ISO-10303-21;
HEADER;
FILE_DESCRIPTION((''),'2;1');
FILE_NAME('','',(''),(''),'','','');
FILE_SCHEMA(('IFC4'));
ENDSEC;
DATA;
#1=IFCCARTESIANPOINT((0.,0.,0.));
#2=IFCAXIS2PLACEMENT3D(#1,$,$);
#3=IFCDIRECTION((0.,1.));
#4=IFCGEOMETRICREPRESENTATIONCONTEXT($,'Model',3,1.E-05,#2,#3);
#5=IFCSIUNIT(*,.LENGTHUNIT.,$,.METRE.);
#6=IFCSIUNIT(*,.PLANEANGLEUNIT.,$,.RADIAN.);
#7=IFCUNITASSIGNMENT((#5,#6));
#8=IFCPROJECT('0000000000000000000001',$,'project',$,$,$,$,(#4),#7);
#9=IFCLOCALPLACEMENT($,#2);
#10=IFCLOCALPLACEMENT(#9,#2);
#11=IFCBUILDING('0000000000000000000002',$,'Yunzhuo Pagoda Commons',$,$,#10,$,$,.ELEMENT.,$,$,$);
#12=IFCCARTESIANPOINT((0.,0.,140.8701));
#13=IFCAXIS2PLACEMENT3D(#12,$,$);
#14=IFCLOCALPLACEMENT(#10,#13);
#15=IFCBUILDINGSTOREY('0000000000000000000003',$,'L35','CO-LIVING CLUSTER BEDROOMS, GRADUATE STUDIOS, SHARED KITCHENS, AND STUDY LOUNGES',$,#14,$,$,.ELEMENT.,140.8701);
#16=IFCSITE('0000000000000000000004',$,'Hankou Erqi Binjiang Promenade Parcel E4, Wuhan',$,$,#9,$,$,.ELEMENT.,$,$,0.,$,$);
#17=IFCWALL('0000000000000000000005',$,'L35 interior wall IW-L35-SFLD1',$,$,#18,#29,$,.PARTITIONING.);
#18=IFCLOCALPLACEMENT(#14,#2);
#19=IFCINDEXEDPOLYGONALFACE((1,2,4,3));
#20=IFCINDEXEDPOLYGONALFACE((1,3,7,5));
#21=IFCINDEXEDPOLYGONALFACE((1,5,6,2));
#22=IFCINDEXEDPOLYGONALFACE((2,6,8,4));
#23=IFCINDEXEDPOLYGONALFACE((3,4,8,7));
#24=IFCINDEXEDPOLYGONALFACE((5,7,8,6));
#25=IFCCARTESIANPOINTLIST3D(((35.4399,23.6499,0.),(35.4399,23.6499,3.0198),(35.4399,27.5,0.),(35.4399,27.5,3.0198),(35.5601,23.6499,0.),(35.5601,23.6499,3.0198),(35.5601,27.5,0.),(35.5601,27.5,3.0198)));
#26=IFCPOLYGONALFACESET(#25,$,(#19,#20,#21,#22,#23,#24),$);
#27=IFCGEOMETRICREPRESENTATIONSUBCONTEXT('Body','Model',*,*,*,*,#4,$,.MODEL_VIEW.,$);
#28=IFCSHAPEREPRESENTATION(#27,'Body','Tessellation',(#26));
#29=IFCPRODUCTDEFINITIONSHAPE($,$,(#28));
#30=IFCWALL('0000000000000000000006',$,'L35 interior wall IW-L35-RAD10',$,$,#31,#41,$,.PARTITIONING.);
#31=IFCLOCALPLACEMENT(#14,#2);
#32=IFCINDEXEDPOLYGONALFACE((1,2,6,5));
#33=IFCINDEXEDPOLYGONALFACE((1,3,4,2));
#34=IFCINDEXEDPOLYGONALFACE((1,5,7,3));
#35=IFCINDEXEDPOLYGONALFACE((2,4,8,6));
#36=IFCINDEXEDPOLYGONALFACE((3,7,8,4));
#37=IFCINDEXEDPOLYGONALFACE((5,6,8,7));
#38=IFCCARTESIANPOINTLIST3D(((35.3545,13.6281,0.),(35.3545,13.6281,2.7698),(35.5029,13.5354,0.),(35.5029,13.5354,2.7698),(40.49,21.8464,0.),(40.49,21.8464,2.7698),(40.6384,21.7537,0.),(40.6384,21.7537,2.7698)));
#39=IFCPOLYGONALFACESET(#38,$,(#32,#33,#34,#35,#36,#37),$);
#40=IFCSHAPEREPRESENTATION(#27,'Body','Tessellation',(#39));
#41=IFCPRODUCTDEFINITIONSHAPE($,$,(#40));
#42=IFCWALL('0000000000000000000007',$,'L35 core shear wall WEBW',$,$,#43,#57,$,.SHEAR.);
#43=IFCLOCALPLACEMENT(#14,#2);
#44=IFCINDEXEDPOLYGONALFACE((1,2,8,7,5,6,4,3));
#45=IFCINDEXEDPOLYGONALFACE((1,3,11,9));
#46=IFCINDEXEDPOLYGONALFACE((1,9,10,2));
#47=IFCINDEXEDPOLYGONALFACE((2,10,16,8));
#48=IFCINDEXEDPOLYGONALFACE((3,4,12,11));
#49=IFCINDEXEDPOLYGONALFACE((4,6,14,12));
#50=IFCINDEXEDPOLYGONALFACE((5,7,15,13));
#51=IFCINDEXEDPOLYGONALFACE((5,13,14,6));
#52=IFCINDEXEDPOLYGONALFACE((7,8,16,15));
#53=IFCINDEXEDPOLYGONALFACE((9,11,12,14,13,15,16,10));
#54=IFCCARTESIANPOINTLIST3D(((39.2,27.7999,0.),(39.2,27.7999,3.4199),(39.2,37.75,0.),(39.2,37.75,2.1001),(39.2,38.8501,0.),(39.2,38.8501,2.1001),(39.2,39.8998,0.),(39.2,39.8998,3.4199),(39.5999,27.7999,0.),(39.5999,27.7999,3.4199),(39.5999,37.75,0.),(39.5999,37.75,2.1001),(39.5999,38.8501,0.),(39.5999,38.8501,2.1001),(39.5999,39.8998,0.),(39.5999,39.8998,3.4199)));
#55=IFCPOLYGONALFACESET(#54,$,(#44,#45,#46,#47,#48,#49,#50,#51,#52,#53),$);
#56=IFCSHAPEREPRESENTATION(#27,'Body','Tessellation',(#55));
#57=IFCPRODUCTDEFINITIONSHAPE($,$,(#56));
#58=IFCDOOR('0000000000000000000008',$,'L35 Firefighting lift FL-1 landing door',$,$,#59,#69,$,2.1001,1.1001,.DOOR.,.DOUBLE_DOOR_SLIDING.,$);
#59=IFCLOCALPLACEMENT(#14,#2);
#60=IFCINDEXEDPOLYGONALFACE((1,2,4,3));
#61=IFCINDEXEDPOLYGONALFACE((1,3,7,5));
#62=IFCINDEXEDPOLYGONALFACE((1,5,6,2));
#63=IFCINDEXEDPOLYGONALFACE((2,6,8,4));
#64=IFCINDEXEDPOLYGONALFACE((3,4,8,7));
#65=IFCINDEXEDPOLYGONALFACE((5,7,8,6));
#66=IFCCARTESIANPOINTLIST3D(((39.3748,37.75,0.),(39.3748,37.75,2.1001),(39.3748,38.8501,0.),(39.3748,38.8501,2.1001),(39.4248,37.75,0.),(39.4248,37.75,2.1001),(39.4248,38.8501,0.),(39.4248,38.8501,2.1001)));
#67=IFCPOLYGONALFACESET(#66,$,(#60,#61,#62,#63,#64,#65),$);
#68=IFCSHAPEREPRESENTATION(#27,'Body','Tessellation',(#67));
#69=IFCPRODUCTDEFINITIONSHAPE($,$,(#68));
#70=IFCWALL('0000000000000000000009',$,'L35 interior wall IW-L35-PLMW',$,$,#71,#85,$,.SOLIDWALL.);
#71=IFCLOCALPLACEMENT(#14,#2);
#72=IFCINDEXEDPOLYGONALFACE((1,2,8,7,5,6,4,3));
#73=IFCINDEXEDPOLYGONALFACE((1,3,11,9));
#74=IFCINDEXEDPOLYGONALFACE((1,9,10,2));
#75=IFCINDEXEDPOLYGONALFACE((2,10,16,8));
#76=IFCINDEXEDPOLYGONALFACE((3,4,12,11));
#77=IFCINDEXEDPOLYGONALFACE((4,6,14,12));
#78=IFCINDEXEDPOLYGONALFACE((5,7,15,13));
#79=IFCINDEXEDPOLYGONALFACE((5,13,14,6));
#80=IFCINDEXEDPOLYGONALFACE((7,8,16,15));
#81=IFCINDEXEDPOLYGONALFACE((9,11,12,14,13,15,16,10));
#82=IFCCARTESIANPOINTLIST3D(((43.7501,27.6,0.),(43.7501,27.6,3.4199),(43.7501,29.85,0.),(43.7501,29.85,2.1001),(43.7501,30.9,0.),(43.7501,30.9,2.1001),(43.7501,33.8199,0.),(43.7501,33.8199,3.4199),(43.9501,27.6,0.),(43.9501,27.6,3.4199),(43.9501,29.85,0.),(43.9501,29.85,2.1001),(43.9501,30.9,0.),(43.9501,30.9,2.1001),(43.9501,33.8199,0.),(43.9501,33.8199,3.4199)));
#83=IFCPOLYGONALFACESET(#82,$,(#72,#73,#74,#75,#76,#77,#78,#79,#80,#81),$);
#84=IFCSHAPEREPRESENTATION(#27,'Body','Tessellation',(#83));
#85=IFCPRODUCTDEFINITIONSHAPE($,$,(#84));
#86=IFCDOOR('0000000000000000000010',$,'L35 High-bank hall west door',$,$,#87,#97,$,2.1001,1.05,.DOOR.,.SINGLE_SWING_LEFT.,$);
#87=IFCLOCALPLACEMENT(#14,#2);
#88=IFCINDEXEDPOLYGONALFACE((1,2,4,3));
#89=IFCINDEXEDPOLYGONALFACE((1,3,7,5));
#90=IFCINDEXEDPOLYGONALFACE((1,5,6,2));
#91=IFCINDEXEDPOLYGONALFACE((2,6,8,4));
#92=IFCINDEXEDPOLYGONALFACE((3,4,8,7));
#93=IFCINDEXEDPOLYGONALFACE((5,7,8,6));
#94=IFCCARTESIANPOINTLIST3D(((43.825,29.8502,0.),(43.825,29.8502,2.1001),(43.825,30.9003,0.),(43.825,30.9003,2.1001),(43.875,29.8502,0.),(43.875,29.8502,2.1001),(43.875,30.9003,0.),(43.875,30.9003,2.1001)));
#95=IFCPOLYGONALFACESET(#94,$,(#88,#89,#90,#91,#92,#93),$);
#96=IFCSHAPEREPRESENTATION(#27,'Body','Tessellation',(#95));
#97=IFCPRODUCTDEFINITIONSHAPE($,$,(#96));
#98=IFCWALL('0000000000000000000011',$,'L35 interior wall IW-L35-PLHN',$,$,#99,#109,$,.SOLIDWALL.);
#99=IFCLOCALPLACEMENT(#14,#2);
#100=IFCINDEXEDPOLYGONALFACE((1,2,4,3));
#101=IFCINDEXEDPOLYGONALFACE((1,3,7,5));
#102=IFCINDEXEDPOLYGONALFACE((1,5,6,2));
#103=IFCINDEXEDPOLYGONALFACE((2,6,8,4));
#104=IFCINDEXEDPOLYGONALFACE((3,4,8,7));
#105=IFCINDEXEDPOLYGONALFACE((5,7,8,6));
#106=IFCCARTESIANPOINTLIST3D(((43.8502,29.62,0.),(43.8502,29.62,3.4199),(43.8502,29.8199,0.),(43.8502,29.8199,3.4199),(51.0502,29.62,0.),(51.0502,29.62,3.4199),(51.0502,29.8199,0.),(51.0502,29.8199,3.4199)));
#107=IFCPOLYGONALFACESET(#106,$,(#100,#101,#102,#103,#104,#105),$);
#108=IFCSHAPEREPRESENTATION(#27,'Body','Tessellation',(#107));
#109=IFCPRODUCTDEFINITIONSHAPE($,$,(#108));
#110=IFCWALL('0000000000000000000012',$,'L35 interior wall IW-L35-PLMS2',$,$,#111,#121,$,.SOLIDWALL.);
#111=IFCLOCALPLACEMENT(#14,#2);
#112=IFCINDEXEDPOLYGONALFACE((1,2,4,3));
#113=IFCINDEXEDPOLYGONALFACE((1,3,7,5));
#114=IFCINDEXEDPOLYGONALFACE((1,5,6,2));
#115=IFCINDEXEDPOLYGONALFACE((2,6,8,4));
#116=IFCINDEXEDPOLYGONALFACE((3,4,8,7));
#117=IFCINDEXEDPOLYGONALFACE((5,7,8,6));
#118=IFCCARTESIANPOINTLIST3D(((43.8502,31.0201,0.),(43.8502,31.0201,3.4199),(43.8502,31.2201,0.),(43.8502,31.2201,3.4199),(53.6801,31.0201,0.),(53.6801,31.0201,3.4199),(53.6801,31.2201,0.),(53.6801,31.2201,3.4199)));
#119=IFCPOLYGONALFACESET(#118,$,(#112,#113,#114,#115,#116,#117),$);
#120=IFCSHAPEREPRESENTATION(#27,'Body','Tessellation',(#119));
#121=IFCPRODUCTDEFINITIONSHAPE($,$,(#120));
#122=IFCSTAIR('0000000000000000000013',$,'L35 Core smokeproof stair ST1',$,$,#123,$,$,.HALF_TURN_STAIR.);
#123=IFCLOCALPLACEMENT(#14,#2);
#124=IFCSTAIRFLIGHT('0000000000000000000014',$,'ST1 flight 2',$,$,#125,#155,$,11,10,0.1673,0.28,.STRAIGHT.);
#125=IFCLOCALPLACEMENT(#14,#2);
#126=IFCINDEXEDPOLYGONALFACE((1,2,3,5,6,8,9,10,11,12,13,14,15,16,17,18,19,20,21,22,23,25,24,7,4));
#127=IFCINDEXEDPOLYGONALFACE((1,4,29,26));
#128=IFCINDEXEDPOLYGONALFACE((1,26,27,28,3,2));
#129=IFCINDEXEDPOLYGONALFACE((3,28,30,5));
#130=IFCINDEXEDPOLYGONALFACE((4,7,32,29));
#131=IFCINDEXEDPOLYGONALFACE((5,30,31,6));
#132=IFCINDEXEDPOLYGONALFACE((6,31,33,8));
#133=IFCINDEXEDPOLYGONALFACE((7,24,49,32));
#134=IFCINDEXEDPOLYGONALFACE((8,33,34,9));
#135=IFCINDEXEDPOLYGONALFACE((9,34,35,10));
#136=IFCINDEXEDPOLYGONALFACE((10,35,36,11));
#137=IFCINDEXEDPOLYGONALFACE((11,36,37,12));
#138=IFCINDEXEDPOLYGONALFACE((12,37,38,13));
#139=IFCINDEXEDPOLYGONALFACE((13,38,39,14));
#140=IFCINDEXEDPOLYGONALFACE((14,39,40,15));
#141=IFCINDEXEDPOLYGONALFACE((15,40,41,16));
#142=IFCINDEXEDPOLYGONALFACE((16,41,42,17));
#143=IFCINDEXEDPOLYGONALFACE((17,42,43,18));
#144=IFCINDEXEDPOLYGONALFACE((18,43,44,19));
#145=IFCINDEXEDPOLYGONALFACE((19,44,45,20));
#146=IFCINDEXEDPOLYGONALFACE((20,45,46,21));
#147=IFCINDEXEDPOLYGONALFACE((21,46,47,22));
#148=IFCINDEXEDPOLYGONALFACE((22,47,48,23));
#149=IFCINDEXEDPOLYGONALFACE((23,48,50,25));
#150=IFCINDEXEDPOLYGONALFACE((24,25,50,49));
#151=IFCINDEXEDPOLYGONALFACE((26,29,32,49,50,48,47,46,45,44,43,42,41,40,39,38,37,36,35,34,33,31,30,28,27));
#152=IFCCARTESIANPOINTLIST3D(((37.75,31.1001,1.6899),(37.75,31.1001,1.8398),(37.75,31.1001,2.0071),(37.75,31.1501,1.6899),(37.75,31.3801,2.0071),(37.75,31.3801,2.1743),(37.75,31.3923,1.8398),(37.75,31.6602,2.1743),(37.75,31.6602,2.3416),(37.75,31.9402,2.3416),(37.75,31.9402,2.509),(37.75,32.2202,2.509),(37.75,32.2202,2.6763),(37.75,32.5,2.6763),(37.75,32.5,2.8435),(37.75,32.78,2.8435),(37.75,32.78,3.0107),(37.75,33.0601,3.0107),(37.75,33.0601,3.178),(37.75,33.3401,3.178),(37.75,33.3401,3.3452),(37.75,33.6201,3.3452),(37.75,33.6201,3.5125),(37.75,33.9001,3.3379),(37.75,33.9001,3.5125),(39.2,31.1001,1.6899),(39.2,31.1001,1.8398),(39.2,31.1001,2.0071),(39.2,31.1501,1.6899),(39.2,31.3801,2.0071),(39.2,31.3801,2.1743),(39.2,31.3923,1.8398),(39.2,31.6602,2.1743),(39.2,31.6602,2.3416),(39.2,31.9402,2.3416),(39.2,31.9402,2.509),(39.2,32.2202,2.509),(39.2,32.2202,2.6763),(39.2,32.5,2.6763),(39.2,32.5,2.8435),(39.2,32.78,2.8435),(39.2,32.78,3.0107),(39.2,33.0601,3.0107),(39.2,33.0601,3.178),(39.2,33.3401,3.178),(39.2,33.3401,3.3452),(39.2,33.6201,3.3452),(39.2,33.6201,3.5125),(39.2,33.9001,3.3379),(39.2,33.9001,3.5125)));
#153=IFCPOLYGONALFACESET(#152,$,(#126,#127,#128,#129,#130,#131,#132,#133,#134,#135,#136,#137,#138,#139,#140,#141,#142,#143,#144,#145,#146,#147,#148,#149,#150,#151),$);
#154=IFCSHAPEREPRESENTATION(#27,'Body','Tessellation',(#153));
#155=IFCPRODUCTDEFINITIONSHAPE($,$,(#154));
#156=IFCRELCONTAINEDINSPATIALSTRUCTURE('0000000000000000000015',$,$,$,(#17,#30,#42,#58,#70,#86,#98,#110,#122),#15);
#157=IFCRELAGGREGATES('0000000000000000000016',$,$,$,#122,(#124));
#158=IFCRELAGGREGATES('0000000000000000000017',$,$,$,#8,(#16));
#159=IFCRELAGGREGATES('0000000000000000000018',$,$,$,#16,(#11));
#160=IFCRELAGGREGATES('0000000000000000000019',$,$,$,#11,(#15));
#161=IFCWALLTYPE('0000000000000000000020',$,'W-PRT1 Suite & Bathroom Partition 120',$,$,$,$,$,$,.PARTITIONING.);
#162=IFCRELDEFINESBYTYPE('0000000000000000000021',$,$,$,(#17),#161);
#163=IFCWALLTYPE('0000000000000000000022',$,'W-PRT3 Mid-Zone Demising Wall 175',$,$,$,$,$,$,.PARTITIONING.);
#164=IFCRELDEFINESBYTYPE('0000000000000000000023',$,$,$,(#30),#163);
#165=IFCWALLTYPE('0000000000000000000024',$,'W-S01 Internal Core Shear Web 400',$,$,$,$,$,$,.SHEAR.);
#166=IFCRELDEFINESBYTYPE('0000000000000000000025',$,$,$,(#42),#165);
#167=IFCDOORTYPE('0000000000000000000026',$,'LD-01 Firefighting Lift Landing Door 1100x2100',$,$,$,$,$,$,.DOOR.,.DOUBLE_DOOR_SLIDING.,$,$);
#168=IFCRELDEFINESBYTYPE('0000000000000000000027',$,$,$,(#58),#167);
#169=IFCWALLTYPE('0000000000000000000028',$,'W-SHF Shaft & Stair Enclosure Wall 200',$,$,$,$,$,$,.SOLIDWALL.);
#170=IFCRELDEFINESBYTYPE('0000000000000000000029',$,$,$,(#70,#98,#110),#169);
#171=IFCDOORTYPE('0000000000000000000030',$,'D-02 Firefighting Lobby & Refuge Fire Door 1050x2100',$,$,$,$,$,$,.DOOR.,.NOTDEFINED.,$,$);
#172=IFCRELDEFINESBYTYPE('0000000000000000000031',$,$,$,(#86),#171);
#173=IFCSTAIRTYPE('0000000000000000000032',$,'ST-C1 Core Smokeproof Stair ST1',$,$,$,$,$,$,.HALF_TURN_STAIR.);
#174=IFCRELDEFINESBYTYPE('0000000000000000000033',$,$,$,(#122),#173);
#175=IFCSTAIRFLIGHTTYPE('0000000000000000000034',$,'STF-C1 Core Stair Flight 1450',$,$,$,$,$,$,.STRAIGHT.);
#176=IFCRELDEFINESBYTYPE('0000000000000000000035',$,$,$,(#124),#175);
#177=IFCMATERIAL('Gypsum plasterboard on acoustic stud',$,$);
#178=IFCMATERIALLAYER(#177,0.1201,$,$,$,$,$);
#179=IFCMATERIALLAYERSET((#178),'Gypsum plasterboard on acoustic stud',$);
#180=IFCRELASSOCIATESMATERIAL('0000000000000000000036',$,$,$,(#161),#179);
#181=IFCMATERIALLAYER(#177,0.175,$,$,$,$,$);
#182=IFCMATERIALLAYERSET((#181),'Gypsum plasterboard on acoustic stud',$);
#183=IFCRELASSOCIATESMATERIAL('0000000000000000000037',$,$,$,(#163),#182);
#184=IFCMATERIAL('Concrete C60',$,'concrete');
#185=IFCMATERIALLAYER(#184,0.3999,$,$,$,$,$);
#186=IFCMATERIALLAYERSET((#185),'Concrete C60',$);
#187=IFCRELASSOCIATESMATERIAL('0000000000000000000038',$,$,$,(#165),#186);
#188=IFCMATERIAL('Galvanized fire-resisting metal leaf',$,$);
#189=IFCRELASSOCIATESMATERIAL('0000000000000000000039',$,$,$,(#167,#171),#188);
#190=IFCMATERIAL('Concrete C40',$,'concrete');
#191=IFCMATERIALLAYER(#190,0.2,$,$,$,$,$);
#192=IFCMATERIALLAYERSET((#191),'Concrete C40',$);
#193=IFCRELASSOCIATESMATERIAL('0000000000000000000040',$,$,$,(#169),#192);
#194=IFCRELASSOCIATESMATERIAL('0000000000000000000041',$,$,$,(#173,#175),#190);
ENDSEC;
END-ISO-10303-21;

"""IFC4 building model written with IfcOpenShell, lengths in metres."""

from ifc_helpers import new_model, si_unit, direction, frame, frame_2d, origin, place, context, subcontext, project, spatial, polyline, rectangle, outline, extrude, source, transform, mapped, material, layer, layer_set, type_object, element, fill, aggregate, save


model = new_model("IFC4")

# Units and contexts
model_context = context("Model", 3, precision=1e-05, world=origin(), true_north=direction((0.0, 1.0)))
body_context = subcontext(model_context, "Body", "Model", "MODEL_VIEW")
ifc_project = project(units=[si_unit("LENGTHUNIT", "METRE"), si_unit("PLANEANGLEUNIT", "RADIAN")], contexts=[model_context])

# Site, building, storey
site_placement = place(None, origin())
site = spatial("IfcSite", under=ifc_project, at=site_placement, Name="Hankou Erqi Binjiang Promenade Parcel E4, Wuhan", CompositionType="ELEMENT", RefElevation=0.0)
building_placement = place(site_placement, origin())
building = spatial("IfcBuilding", under=site, at=building_placement, Name="Yunzhuo Pagoda Commons", CompositionType="ELEMENT")
storey_placement = place(building_placement, frame((0.0, 0.0, 140.8701)))
storey = spatial("IfcBuildingStorey", under=building, at=storey_placement, Name="L35", Description="CO-LIVING CLUSTER BEDROOMS, GRADUATE STUDIOS, SHARED KITCHENS, AND STUDY LOUNGES", CompositionType="ELEMENT", Elevation=140.8701)

# Shared definitions
ifc_material_1 = material(Name="Concrete C60", Category="concrete")

# Shared definitions
ifc_material_2 = material(Name="Gypsum plasterboard on acoustic stud")
ifc_material_3 = material(Name="Galvanized fire-resisting metal leaf")

# Walls
ifc_layer_1 = layer(ifc_material_2, 0.1201)
ifc_layer_set_1 = layer_set([ifc_layer_1], Name="Gypsum plasterboard on acoustic stud")
wall_type_1 = type_object("IfcWallType", Name="W-PRT1 Suite & Bathroom Partition 120", PredefinedType="PARTITIONING", material=ifc_layer_set_1)
wall_1_placement = place(storey_placement, frame((35.5, 23.6499, 0.0), z_axis=(0.0, 0.0, 1.0), x_axis=(0.0, 1.0, 0.0)))
element("IfcWall", 1, at=wall_1_placement, inside=storey, type_object=wall_type_1, Name="L35 interior wall IW-L35-SFLD1", PredefinedType="PARTITIONING", context=body_context, shape_type="SweptSolid", body=[
    extrude(rectangle(XDim=3.8501, YDim=0.1201, at=frame_2d((1.925, 0.0))), origin(), (0.0, 0.0, 1.0), 3.0198),
])
ifc_layer_2 = layer(ifc_material_2, 0.175)
ifc_layer_set_2 = layer_set([ifc_layer_2], Name="Gypsum plasterboard on acoustic stud")
wall_type_2 = type_object("IfcWallType", Name="W-PRT3 Mid-Zone Demising Wall 175", PredefinedType="PARTITIONING", material=ifc_layer_set_2)
wall_2_placement = place(storey_placement, frame((40.5642, 21.8, 0.0), z_axis=(0.0, 0.0, 1.0), x_axis=(-0.529931, -0.848041, 0.0)))
element("IfcWall", 2, at=wall_2_placement, inside=storey, type_object=wall_type_2, Name="L35 interior wall IW-L35-RAD10", PredefinedType="PARTITIONING", context=body_context, shape_type="SweptSolid", body=[
    extrude(rectangle(XDim=9.6909, YDim=0.175, at=frame_2d((4.8455, 0.0))), origin(), (0.0, 0.0, 1.0), 2.7698),
])

# Walls, openings, doors
ifc_layer_3 = layer(ifc_material_1, 0.3999)
ifc_layer_set_3 = layer_set([ifc_layer_3], Name="Concrete C60")
wall_type_3 = type_object("IfcWallType", Name="W-S01 Internal Core Shear Web 400", PredefinedType="SHEAR", material=ifc_layer_set_3)
wall_3_placement = place(storey_placement, frame((39.3999, 27.8, 0.0), z_axis=(0.0, 0.0, 1.0), x_axis=(0.0, 1.0, 0.0)))
wall_3 = element("IfcWall", 3, at=wall_3_placement, inside=storey, type_object=wall_type_3, Name="L35 core shear wall WEBW", PredefinedType="SHEAR", context=body_context, shape_type="SweptSolid", body=[
    extrude(rectangle(XDim=12.0999, YDim=0.3999, at=frame_2d((6.0498, 0.0))), origin(), (0.0, 0.0, 1.0), 3.4199),
])
opening_1_placement = place(wall_3_placement, frame((9.95, 0.0, 0.0)))
opening_1 = element("IfcOpeningElement", 4, at=opening_1_placement, cuts=wall_3, PredefinedType="OPENING", context=body_context, shape_type="SweptSolid", body=[
    extrude(rectangle(XDim=1.1001, YDim=2.1001, at=frame_2d((0.55, 1.05))), frame((0.0, 0.21, 0.0), z_axis=(0.0, -1.0, 0.0), x_axis=(1.0, 0.0, 0.0)), (0.0, 0.0, 1.0), 0.4199),
])
door_type_1 = type_object("IfcDoorType", Name="LD-01 Firefighting Lift Landing Door 1100x2100", OperationType="DOUBLE_DOOR_SLIDING", PredefinedType="DOOR", material=ifc_material_3)
shared_shape_1 = source(origin(), body_context, "Body", "SweptSolid", [
    extrude(rectangle(XDim=1.1001, YDim=2.1001, at=frame_2d((0.55, 1.05))), frame((0.0, 0.0249, 0.0), z_axis=(0.0, -1.0, 0.0), x_axis=(1.0, 0.0, 0.0)), (0.0, 0.0, 1.0), 0.05),
])
door_1_placement = place(opening_1_placement, frame((1.1001, 0.0, 0.0), z_axis=(0.0, 0.0, 1.0), x_axis=(-1.0, 0.0, 0.0)))
door_1 = element("IfcDoor", 5, at=door_1_placement, inside=storey, type_object=door_type_1, Name="L35 Firefighting lift FL-1 landing door", OperationType="DOUBLE_DOOR_SLIDING", OverallHeight=2.1001, OverallWidth=1.1001, PredefinedType="DOOR", context=body_context, shape_type="MappedRepresentation", body=[
    mapped(shared_shape_1, transform((0.0, 0.0, 0.0), scale=1.0)),
])
fill(opening_1, door_1)
ifc_material_4 = material(Name="Concrete C40", Category="concrete")
ifc_layer_4 = layer(ifc_material_4, 0.2)
ifc_layer_set_4 = layer_set([ifc_layer_4], Name="Concrete C40")
wall_type_4 = type_object("IfcWallType", Name="W-SHF Shaft & Stair Enclosure Wall 200", PredefinedType="SOLIDWALL", material=ifc_layer_set_4)
wall_4_placement = place(storey_placement, frame((43.8501, 27.6001, 0.0), z_axis=(0.0, 0.0, 1.0), x_axis=(0.0, 1.0, 0.0)))
wall_4 = element("IfcWall", 6, at=wall_4_placement, inside=storey, type_object=wall_type_4, Name="L35 interior wall IW-L35-PLMW", PredefinedType="SOLIDWALL", context=body_context, shape_type="SweptSolid", body=[
    extrude(rectangle(XDim=6.22, YDim=0.2, at=frame_2d((3.1099, 0.0))), origin(), (0.0, 0.0, 1.0), 3.4199),
])
opening_2_placement = place(wall_4_placement, frame((2.25, 0.0, 0.0)))
opening_2 = element("IfcOpeningElement", 7, at=opening_2_placement, cuts=wall_4, PredefinedType="OPENING", context=body_context, shape_type="SweptSolid", body=[
    extrude(rectangle(XDim=1.05, YDim=2.1001, at=frame_2d((0.5249, 1.05))), frame((0.0, 0.1099, 0.0), z_axis=(0.0, -1.0, 0.0), x_axis=(1.0, 0.0, 0.0)), (0.0, 0.0, 1.0), 0.22),
])
door_type_2 = type_object("IfcDoorType", Name="D-02 Firefighting Lobby & Refuge Fire Door 1050x2100", OperationType="NOTDEFINED", PredefinedType="DOOR", material=ifc_material_3)
shared_shape_2 = source(origin(), body_context, "Body", "SweptSolid", [
    extrude(rectangle(XDim=1.05, YDim=2.1001, at=frame_2d((0.5249, 1.05))), frame((0.0, 0.0249, 0.0), z_axis=(0.0, -1.0, 0.0), x_axis=(1.0, 0.0, 0.0)), (0.0, 0.0, 1.0), 0.05),
])
door_2_placement = place(opening_2_placement, frame((1.05, 0.0, 0.0), z_axis=(0.0, 0.0, 1.0), x_axis=(-1.0, 0.0, 0.0)))
door_2 = element("IfcDoor", 8, at=door_2_placement, inside=storey, type_object=door_type_2, Name="L35 High-bank hall west door", OperationType="SINGLE_SWING_LEFT", OverallHeight=2.1001, OverallWidth=1.05, PredefinedType="DOOR", context=body_context, shape_type="MappedRepresentation", body=[
    mapped(shared_shape_2, transform((0.0, 0.0, 0.0), scale=1.0)),
])
fill(opening_2, door_2)

# Walls
wall_5_placement = place(storey_placement, frame((43.8501, 29.72, 0.0), z_axis=(0.0, 0.0, 1.0), x_axis=(1.0, 0.0, 0.0)))
element("IfcWall", 9, at=wall_5_placement, inside=storey, type_object=wall_type_4, Name="L35 interior wall IW-L35-PLHN", PredefinedType="SOLIDWALL", context=body_context, shape_type="SweptSolid", body=[
    extrude(rectangle(XDim=7.2, YDim=0.2, at=frame_2d((3.6001, 0.0))), origin(), (0.0, 0.0, 1.0), 3.4199),
])
wall_6_placement = place(storey_placement, frame((43.8501, 31.1201, 0.0), z_axis=(0.0, 0.0, 1.0), x_axis=(1.0, 0.0, 0.0)))
element("IfcWall", 10, at=wall_6_placement, inside=storey, type_object=wall_type_4, Name="L35 interior wall IW-L35-PLMS2", PredefinedType="SOLIDWALL", context=body_context, shape_type="SweptSolid", body=[
    extrude(rectangle(XDim=9.8298, YDim=0.2, at=frame_2d((4.915, 0.0))), origin(), (0.0, 0.0, 1.0), 3.4199),
])

# Stair, stair flight
stair_type = type_object("IfcStairType", Name="ST-C1 Core Smokeproof Stair ST1", PredefinedType="HALF_TURN_STAIR", material=ifc_material_4)
stair_placement = place(storey_placement, origin())
stair = element("IfcStair", 11, at=stair_placement, inside=storey, type_object=stair_type, Name="L35 Core smokeproof stair ST1", PredefinedType="HALF_TURN_STAIR")
stair_flight_type = type_object("IfcStairFlightType", Name="STF-C1 Core Stair Flight 1450", PredefinedType="STRAIGHT", material=ifc_material_4)
shared_shape_3 = source(origin(), body_context, "Body", "SweptSolid", [
    extrude(outline(polyline([(0.0, -0.1499), (0.0, 0.0), (0.0, 0.1672), (0.28, 0.1672), (0.28, 0.3345), (0.5601, 0.3345), (0.5601, 0.5017), (0.8401, 0.5017), (0.8401, 0.6692), (1.1201, 0.6692), (1.1201, 0.8364), (1.3999, 0.8364), (1.3999, 1.0037), (1.6799, 1.0037), (1.6799, 1.1709), (1.96, 1.1709), (1.96, 1.3381), (2.24, 1.3381), (2.24, 1.5054), (2.52, 1.5054), (2.52, 1.6726), (2.8, 1.6726), (2.8, 1.8401), (2.8, 1.498), (0.2922, 0.0), (0.05, -0.1499), (0.0, -0.1499)])), frame((0.0, 0.7251, 0.0), z_axis=(0.0, -1.0, 0.0), x_axis=(1.0, 0.0, 0.0)), (0.0, 0.0, 1.0), 1.45),
])
stair_flight_placement = place(storey_placement, frame((38.4751, 31.1001, 1.8398), z_axis=(0.0, 0.0, 1.0), x_axis=(0.0, 1.0, 0.0)))
stair_flight = element("IfcStairFlight", 12, at=stair_flight_placement, type_object=stair_flight_type, Name="ST1 flight 2", NumberOfRisers=11, NumberOfTreads=10, PredefinedType="STRAIGHT", RiserHeight=0.1673, TreadLength=0.28, context=body_context, shape_type="MappedRepresentation", body=[
    mapped(shared_shape_3, transform((0.0, 0.0, 0.0), scale=1.0)),
])
aggregate(stair, [stair_flight])

save(model, "model.ifc")
